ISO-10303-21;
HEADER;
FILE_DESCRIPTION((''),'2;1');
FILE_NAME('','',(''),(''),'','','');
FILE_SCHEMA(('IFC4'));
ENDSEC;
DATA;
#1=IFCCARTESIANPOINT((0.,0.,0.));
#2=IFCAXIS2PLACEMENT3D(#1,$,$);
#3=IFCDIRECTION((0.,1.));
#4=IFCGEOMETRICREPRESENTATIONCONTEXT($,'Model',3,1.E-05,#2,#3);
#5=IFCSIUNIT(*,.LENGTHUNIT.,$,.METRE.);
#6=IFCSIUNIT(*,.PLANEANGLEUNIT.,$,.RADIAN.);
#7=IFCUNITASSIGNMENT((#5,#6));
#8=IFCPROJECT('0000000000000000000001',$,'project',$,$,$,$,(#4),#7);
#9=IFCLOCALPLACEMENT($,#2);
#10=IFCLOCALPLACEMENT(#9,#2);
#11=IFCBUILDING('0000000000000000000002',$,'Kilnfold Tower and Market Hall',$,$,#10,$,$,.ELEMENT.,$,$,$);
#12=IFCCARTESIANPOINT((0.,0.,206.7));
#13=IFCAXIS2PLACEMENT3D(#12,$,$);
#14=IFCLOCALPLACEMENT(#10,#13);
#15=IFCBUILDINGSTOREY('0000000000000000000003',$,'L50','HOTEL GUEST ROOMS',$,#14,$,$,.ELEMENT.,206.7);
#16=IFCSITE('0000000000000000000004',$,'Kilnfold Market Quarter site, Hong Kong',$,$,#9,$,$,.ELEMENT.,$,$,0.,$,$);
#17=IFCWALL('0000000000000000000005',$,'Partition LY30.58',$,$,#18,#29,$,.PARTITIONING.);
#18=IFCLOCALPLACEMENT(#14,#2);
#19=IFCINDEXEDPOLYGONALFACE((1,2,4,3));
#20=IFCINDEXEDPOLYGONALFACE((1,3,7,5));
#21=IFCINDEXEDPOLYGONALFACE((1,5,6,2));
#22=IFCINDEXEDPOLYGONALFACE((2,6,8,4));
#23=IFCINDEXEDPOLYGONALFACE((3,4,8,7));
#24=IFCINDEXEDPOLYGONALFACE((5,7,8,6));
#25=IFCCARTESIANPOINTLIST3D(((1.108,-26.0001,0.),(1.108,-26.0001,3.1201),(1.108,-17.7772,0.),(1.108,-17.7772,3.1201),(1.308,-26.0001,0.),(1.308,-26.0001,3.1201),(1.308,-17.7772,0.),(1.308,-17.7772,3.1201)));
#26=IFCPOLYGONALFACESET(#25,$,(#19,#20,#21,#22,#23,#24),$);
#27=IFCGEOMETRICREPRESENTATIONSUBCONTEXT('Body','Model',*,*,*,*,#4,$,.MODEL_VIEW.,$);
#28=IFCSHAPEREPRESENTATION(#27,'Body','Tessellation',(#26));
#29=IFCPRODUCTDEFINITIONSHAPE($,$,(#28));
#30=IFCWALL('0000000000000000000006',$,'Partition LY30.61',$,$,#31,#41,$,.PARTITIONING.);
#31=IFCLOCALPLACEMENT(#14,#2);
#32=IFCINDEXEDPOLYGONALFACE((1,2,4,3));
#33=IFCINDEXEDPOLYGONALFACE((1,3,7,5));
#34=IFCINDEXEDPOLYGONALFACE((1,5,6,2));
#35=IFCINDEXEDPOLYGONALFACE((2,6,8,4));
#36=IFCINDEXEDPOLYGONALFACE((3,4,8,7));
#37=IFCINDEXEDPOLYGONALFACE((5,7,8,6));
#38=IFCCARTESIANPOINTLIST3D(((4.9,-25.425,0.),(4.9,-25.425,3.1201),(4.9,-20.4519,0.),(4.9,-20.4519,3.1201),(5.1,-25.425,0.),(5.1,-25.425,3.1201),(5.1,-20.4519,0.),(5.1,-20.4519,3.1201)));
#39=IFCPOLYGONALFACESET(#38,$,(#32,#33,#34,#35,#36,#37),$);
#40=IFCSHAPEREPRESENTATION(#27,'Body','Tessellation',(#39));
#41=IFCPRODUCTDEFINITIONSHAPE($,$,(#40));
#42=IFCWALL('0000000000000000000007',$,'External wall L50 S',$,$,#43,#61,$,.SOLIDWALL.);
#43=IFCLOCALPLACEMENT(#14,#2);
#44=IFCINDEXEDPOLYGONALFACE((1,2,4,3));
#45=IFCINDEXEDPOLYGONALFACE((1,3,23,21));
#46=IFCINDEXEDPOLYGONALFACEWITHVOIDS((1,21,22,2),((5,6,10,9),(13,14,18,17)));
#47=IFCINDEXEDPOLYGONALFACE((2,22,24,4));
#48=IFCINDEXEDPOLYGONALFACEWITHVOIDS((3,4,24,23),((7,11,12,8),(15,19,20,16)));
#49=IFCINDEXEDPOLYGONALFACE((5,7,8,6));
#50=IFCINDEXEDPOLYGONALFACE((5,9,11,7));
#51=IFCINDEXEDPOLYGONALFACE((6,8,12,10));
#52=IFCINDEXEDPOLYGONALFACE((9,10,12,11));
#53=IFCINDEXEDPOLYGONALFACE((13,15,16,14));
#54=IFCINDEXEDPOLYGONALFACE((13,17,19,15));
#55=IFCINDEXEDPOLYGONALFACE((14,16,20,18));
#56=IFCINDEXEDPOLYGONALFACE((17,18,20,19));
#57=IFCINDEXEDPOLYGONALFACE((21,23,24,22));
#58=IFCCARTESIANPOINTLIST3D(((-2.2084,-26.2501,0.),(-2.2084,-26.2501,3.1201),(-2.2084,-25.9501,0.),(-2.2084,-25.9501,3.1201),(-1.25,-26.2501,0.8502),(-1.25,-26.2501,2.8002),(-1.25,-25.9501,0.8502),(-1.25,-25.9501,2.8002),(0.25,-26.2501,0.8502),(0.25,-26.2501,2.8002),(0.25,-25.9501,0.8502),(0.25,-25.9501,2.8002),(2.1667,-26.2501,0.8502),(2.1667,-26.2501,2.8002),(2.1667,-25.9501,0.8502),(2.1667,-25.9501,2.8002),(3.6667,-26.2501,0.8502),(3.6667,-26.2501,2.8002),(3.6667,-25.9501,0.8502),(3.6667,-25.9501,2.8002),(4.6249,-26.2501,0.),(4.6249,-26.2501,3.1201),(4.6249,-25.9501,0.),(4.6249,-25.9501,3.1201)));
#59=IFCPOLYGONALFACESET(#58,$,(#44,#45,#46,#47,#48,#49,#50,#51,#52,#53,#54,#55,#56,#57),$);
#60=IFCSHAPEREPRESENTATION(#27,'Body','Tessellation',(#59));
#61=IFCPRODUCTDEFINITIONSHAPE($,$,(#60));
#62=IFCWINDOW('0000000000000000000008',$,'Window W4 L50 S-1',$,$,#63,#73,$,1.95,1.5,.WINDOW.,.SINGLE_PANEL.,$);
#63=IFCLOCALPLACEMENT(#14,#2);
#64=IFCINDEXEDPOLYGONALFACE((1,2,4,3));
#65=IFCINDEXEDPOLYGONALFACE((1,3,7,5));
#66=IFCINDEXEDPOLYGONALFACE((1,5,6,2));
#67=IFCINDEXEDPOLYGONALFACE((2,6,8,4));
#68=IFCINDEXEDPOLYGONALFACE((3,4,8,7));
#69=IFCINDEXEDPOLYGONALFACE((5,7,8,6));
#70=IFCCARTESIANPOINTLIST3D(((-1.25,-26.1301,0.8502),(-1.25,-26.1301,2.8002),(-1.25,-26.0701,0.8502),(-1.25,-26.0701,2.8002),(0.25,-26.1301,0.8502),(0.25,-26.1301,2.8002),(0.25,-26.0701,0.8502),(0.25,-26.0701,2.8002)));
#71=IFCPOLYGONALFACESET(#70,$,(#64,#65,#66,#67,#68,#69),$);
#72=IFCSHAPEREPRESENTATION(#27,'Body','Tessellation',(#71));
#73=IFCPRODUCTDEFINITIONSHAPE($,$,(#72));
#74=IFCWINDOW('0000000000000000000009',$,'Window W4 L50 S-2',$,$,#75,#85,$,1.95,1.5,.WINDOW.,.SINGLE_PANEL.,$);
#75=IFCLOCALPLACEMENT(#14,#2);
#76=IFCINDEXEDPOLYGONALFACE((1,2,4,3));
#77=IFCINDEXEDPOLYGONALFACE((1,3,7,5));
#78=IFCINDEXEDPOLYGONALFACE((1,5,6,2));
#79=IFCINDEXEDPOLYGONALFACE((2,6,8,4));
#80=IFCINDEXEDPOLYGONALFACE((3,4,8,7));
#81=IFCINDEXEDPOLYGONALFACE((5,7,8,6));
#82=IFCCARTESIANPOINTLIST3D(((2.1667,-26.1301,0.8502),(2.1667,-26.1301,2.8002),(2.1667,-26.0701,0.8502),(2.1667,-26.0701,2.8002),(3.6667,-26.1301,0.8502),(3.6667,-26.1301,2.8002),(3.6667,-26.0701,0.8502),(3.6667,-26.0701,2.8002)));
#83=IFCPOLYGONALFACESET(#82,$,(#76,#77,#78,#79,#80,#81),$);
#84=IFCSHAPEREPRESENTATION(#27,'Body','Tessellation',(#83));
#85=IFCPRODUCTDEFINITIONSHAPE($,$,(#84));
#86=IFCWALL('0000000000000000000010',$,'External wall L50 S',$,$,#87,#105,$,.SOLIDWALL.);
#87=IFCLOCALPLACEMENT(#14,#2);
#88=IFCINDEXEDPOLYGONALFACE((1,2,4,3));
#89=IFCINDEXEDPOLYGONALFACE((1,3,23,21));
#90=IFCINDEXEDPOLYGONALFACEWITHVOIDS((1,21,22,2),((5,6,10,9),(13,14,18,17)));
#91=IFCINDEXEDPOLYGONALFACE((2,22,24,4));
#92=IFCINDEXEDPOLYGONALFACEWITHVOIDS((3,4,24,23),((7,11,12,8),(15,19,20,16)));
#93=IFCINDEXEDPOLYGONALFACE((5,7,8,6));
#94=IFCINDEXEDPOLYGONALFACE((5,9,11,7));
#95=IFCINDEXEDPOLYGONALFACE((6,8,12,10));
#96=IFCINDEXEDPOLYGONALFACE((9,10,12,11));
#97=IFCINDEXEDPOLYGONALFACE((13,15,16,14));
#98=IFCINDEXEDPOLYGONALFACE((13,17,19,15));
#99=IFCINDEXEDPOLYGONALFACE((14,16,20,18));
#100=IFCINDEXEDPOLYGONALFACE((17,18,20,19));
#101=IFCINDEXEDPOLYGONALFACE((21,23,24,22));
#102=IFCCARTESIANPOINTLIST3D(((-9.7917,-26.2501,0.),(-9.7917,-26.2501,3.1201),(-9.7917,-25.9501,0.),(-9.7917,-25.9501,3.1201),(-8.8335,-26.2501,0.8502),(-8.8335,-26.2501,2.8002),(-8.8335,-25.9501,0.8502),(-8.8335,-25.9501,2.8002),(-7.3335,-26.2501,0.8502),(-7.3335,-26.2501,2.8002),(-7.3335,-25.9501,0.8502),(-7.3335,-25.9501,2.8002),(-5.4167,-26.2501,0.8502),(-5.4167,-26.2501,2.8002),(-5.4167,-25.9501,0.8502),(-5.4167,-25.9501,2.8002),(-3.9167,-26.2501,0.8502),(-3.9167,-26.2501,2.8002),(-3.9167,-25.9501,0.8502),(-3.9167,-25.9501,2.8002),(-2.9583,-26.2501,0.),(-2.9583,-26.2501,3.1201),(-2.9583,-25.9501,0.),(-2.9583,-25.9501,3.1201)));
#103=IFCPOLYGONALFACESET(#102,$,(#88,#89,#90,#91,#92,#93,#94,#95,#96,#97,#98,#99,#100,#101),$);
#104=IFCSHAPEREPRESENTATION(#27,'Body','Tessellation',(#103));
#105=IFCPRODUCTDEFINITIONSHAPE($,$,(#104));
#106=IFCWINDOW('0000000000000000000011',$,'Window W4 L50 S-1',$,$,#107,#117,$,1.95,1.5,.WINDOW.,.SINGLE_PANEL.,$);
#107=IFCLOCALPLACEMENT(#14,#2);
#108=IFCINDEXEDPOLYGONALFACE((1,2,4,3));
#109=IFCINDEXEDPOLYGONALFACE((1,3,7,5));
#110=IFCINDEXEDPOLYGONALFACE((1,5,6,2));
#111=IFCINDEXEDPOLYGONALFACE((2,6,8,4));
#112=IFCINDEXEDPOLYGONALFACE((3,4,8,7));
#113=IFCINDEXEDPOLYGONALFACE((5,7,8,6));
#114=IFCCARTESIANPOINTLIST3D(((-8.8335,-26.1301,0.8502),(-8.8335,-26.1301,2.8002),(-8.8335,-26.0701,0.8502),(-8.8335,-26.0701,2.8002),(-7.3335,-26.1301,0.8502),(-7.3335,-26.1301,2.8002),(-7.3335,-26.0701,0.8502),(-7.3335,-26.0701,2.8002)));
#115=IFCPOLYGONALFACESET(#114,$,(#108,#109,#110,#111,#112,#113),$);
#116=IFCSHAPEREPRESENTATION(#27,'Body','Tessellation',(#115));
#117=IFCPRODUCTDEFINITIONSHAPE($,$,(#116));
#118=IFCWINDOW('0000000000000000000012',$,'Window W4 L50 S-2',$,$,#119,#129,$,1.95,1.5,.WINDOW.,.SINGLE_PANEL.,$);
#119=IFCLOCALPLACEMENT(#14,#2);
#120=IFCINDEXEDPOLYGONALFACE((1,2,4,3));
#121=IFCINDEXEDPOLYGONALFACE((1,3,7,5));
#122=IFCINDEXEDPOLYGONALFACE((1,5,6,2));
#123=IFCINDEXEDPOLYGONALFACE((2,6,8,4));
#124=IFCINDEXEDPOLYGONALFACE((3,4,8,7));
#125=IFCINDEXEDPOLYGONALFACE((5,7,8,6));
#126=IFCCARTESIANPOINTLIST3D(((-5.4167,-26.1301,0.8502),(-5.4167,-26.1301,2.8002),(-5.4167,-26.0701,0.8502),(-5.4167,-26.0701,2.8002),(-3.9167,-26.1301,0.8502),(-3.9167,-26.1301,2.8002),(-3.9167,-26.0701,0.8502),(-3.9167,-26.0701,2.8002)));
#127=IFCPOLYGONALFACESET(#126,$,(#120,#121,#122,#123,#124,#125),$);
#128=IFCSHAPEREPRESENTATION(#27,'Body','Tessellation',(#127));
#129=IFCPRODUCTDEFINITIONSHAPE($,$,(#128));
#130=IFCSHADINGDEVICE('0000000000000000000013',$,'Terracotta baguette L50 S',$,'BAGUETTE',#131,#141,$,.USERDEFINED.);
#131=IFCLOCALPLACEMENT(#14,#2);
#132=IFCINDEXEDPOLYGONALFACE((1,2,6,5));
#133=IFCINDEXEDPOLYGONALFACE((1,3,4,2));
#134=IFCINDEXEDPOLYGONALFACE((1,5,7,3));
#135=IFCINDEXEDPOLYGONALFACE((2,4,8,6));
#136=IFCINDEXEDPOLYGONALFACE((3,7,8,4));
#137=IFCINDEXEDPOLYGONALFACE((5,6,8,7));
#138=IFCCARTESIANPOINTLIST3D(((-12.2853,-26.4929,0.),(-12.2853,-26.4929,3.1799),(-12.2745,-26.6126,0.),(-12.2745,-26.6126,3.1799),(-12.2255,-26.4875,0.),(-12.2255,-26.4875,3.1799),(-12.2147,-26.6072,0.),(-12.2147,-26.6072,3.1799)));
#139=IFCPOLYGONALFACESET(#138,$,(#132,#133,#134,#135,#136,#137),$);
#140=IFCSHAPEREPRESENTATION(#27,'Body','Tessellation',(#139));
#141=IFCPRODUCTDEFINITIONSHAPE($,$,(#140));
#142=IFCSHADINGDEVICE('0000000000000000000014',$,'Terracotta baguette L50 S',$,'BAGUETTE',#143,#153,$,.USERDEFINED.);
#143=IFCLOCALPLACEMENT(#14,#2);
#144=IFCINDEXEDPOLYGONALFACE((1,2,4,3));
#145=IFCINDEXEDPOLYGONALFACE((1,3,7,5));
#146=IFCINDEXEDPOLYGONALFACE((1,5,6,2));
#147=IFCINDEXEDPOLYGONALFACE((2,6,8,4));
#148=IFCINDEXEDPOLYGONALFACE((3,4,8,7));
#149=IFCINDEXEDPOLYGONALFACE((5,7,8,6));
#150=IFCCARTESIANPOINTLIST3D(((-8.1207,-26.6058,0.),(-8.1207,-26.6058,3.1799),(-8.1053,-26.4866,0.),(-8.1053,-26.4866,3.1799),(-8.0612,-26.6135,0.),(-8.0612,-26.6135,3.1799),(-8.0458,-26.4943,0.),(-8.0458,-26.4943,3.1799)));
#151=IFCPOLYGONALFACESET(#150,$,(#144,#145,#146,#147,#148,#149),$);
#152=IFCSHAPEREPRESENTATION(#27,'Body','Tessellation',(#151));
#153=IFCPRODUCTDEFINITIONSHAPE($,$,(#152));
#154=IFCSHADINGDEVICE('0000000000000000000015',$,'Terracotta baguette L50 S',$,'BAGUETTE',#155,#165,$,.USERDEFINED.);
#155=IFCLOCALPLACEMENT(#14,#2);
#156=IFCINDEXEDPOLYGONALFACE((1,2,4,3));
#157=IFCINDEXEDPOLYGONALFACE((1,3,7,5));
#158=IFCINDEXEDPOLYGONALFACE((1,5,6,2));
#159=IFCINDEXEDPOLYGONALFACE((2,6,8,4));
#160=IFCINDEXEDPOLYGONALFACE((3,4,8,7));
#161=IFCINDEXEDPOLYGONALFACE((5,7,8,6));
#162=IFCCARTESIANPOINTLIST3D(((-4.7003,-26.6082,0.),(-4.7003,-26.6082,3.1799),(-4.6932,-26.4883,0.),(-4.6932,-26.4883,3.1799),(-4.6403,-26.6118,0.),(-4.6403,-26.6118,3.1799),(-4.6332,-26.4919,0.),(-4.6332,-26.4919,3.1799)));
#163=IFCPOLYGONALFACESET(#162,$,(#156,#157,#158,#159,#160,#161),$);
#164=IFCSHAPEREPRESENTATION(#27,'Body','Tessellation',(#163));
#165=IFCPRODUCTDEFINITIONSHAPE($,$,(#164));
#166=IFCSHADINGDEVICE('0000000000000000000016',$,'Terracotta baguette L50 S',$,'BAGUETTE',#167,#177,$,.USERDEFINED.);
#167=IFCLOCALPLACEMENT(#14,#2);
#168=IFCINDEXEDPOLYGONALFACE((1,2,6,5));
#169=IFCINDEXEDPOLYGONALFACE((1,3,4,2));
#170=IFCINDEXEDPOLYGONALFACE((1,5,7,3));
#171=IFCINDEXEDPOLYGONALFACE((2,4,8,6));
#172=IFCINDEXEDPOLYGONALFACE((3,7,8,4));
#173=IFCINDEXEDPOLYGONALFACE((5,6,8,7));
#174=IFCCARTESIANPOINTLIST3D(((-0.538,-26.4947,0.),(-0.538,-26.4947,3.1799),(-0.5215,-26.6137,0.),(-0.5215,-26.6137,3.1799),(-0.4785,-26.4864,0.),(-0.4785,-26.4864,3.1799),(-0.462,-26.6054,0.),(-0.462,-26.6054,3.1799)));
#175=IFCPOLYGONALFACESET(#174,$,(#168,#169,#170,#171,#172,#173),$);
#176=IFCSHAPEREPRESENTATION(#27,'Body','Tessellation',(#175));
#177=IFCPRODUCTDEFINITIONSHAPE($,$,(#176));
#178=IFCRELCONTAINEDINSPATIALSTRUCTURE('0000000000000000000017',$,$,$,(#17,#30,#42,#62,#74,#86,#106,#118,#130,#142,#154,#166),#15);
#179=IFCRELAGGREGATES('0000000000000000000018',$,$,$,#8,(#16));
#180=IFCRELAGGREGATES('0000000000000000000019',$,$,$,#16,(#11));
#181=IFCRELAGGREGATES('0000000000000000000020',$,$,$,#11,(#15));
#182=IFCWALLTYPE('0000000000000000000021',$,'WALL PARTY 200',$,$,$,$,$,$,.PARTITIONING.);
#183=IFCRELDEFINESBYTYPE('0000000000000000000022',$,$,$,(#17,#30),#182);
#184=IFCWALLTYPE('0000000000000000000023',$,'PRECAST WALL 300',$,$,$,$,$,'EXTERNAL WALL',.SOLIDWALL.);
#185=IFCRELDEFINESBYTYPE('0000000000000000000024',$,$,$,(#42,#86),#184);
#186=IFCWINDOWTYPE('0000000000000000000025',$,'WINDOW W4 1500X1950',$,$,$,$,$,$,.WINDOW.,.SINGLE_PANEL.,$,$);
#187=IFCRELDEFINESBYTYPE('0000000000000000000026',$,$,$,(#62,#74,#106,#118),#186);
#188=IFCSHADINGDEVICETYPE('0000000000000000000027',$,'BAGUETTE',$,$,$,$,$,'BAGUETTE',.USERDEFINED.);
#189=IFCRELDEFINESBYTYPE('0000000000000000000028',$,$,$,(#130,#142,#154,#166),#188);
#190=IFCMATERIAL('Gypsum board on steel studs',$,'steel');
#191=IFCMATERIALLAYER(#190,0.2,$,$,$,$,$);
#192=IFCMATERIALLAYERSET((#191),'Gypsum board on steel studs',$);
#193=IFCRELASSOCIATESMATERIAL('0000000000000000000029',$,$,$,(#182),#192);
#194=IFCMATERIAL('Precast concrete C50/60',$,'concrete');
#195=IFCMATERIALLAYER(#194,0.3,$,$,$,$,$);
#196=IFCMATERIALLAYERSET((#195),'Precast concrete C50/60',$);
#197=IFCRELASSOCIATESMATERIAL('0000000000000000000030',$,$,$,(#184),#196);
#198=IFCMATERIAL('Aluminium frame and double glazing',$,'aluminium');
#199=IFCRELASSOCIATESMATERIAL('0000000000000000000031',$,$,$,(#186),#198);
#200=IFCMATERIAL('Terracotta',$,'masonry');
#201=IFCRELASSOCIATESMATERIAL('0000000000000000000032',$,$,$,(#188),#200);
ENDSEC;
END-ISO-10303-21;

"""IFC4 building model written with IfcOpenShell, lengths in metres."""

from ifc_helpers import new_model, si_unit, direction, frame, frame_2d, origin, origin_2d, place, context, subcontext, project, spatial, rectangle, extrude, source, transform, mapped, material, layer, layer_set, material_profile, profile_set, type_object, element, fill, save


model = new_model("IFC4")

# Units and contexts
model_context = context("Model", 3, precision=1e-05, world=origin(), true_north=direction((0.0, 1.0)))
body_context = subcontext(model_context, "Body", "Model", "MODEL_VIEW")
ifc_project = project(units=[si_unit("LENGTHUNIT", "METRE"), si_unit("PLANEANGLEUNIT", "RADIAN")], contexts=[model_context])

# Site, building, storey
site_placement = place(None, origin())
site = spatial("IfcSite", under=ifc_project, at=site_placement, Name="Kilnfold Market Quarter site, Hong Kong", CompositionType="ELEMENT", RefElevation=0.0)
building_placement = place(site_placement, origin())
building = spatial("IfcBuilding", under=site, at=building_placement, Name="Kilnfold Tower and Market Hall", CompositionType="ELEMENT")
storey_placement = place(building_placement, frame((0.0, 0.0, 206.7)))
storey = spatial("IfcBuildingStorey", under=building, at=storey_placement, Name="L50", Description="HOTEL GUEST ROOMS", CompositionType="ELEMENT", Elevation=206.7)

# Walls
ifc_material_1 = material(Name="Gypsum board on steel studs", Category="steel")
ifc_layer_1 = layer(ifc_material_1, 0.2)
ifc_layer_set_1 = layer_set([ifc_layer_1], Name="Gypsum board on steel studs")
wall_type_1 = type_object("IfcWallType", Name="WALL PARTY 200", PredefinedType="PARTITIONING", material=ifc_layer_set_1)
wall_1_placement = place(storey_placement, frame((1.208, -26.0, 0.0), z_axis=(0.0, 0.0, 1.0), x_axis=(0.0, 1.0, 0.0)))
element("IfcWall", 1, at=wall_1_placement, inside=storey, type_object=wall_type_1, Name="Partition LY30.58", PredefinedType="PARTITIONING", context=body_context, shape_type="SweptSolid", body=[
    extrude(rectangle(XDim=8.2229, YDim=0.2, at=frame_2d((4.1113, 0.0))), origin(), (0.0, 0.0, 1.0), 3.1201),
])
wall_2_placement = place(storey_placement, frame((5.0, -25.425, 0.0), z_axis=(0.0, 0.0, 1.0), x_axis=(0.0, 1.0, 0.0)))
element("IfcWall", 2, at=wall_2_placement, inside=storey, type_object=wall_type_1, Name="Partition LY30.61", PredefinedType="PARTITIONING", context=body_context, shape_type="SweptSolid", body=[
    extrude(rectangle(XDim=4.9731, YDim=0.2, at=frame_2d((2.4866, 0.0))), origin(), (0.0, 0.0, 1.0), 3.1201),
])

# Walls, openings, windows
ifc_material_2 = material(Name="Precast concrete C50/60", Category="concrete")
ifc_layer_2 = layer(ifc_material_2, 0.3)
ifc_layer_set_2 = layer_set([ifc_layer_2], Name="Precast concrete C50/60")
wall_type_2 = type_object("IfcWallType", Name="PRECAST WALL 300", ElementType="EXTERNAL WALL", PredefinedType="SOLIDWALL", material=ifc_layer_set_2)
shared_shape_1 = source(origin(), body_context, "Body", "SweptSolid", [
    extrude(rectangle(XDim=6.8333, YDim=0.3, at=frame_2d((3.4165, 0.0))), origin(), (0.0, 0.0, 1.0), 3.1201),
])
wall_3_placement = place(storey_placement, frame((-2.2083, -26.1001, 0.0), z_axis=(0.0, 0.0, 1.0), x_axis=(1.0, 0.0, 0.0)))
wall_3 = element("IfcWall", 3, at=wall_3_placement, inside=storey, type_object=wall_type_2, Name="External wall L50 S", PredefinedType="SOLIDWALL", context=body_context, shape_type="MappedRepresentation", body=[
    mapped(shared_shape_1, transform((0.0, 0.0, 0.0))),
])
opening_1_placement = place(wall_3_placement, frame((0.9583, 0.0, 0.8501)))
opening_1 = element("IfcOpeningElement", 4, at=opening_1_placement, cuts=wall_3, PredefinedType="OPENING", context=body_context, shape_type="SweptSolid", body=[
    extrude(rectangle(XDim=1.5, YDim=1.95, at=frame_2d((0.75, 0.9751))), frame((0.0, 0.1602, 0.0), z_axis=(0.0, -1.0, 0.0), x_axis=(1.0, 0.0, 0.0)), (0.0, 0.0, 1.0), 0.3201),
])
opening_2_placement = place(wall_3_placement, frame((4.375, 0.0, 0.8501)))
opening_2 = element("IfcOpeningElement", 5, at=opening_2_placement, cuts=wall_3, PredefinedType="OPENING", context=body_context, shape_type="SweptSolid", body=[
    extrude(rectangle(XDim=1.5, YDim=1.95, at=frame_2d((0.75, 0.9751))), frame((0.0, 0.1602, 0.0), z_axis=(0.0, -1.0, 0.0), x_axis=(1.0, 0.0, 0.0)), (0.0, 0.0, 1.0), 0.3201),
])
ifc_material_3 = material(Name="Aluminium frame and double glazing", Category="aluminium")
window_type = type_object("IfcWindowType", Name="WINDOW W4 1500X1950", PartitioningType="SINGLE_PANEL", PredefinedType="WINDOW", material=ifc_material_3)
window_1_placement = place(opening_1_placement, origin())
window_1 = element("IfcWindow", 6, at=window_1_placement, inside=storey, type_object=window_type, Name="Window W4 L50 S-1", OverallHeight=1.95, OverallWidth=1.5, PartitioningType="SINGLE_PANEL", PredefinedType="WINDOW", context=body_context, shape_type="SweptSolid", body=[
    extrude(rectangle(XDim=1.5, YDim=1.95, at=frame_2d((0.75, 0.9751))), frame((0.0, 0.03, 0.0), z_axis=(0.0, -1.0, 0.0), x_axis=(1.0, 0.0, 0.0)), (0.0, 0.0, 1.0), 0.0601),
])
fill(opening_1, window_1)
window_2_placement = place(opening_2_placement, origin())
window_2 = element("IfcWindow", 7, at=window_2_placement, inside=storey, type_object=window_type, Name="Window W4 L50 S-2", OverallHeight=1.95, OverallWidth=1.5, PartitioningType="SINGLE_PANEL", PredefinedType="WINDOW", context=body_context, shape_type="SweptSolid", body=[
    extrude(rectangle(XDim=1.5, YDim=1.95, at=frame_2d((0.75, 0.9751))), frame((0.0, 0.03, 0.0), z_axis=(0.0, -1.0, 0.0), x_axis=(1.0, 0.0, 0.0)), (0.0, 0.0, 1.0), 0.0601),
])
fill(opening_2, window_2)
shared_shape_2 = source(origin(), body_context, "Body", "SweptSolid", [
    extrude(rectangle(XDim=6.8335, YDim=0.3, at=frame_2d((3.4167, 0.0))), origin(), (0.0, 0.0, 1.0), 3.1201),
])
wall_4_placement = place(storey_placement, frame((-9.7917, -26.1001, 0.0), z_axis=(0.0, 0.0, 1.0), x_axis=(1.0, 0.0, 0.0)))
wall_4 = element("IfcWall", 8, at=wall_4_placement, inside=storey, type_object=wall_type_2, Name="External wall L50 S", PredefinedType="SOLIDWALL", context=body_context, shape_type="MappedRepresentation", body=[
    mapped(shared_shape_2, transform((0.0, 0.0, 0.0))),
])
opening_3_placement = place(wall_4_placement, frame((0.9583, 0.0, 0.8501)))
opening_3 = element("IfcOpeningElement", 9, at=opening_3_placement, cuts=wall_4, PredefinedType="OPENING", context=body_context, shape_type="SweptSolid", body=[
    extrude(rectangle(XDim=1.5, YDim=1.95, at=frame_2d((0.75, 0.9751))), frame((0.0, 0.1602, 0.0), z_axis=(0.0, -1.0, 0.0), x_axis=(1.0, 0.0, 0.0)), (0.0, 0.0, 1.0), 0.3201),
])
opening_4_placement = place(wall_4_placement, frame((4.375, 0.0, 0.8501)))
opening_4 = element("IfcOpeningElement", 10, at=opening_4_placement, cuts=wall_4, PredefinedType="OPENING", context=body_context, shape_type="SweptSolid", body=[
    extrude(rectangle(XDim=1.5, YDim=1.95, at=frame_2d((0.75, 0.9751))), frame((0.0, 0.1602, 0.0), z_axis=(0.0, -1.0, 0.0), x_axis=(1.0, 0.0, 0.0)), (0.0, 0.0, 1.0), 0.3201),
])
window_3_placement = place(opening_3_placement, origin())
window_3 = element("IfcWindow", 11, at=window_3_placement, inside=storey, type_object=window_type, Name="Window W4 L50 S-1", OverallHeight=1.95, OverallWidth=1.5, PartitioningType="SINGLE_PANEL", PredefinedType="WINDOW", context=body_context, shape_type="SweptSolid", body=[
    extrude(rectangle(XDim=1.5, YDim=1.95, at=frame_2d((0.75, 0.9751))), frame((0.0, 0.03, 0.0), z_axis=(0.0, -1.0, 0.0), x_axis=(1.0, 0.0, 0.0)), (0.0, 0.0, 1.0), 0.0601),
])
fill(opening_3, window_3)
window_4_placement = place(opening_4_placement, origin())
window_4 = element("IfcWindow", 12, at=window_4_placement, inside=storey, type_object=window_type, Name="Window W4 L50 S-2", OverallHeight=1.95, OverallWidth=1.5, PartitioningType="SINGLE_PANEL", PredefinedType="WINDOW", context=body_context, shape_type="SweptSolid", body=[
    extrude(rectangle(XDim=1.5, YDim=1.95, at=frame_2d((0.75, 0.9751))), frame((0.0, 0.03, 0.0), z_axis=(0.0, -1.0, 0.0), x_axis=(1.0, 0.0, 0.0)), (0.0, 0.0, 1.0), 0.0601),
])
fill(opening_4, window_4)

# Shading devices
ifc_material_4 = material(Name="Terracotta", Category="masonry")
ifc_material_profile_1 = material_profile(ifc_material_4, rectangle(XDim=0.0601, YDim=0.1201, at=origin_2d()), Name="BAG 60x120")
ifc_profile_set_1 = profile_set([ifc_material_profile_1], Name="Terracotta")
shading_device_type = type_object("IfcShadingDeviceType", Name="BAGUETTE", ElementType="BAGUETTE", PredefinedType="USERDEFINED", material=ifc_profile_set_1)
shared_shape_3 = source(origin(), body_context, "Body", "SweptSolid", [
    extrude(rectangle(XDim=0.0601, YDim=0.1201, at=origin_2d()), origin(), (0.0, 0.0, 1.0), 3.1799),
])
for number, where, z_axis, x_axis, name in (
    (13, (-12.25, -26.55, 0.0), (0.0, 0.0, 1.0), (0.995973, 0.08965, 0.0), "Terracotta baguette L50 S"),
    (14, (-8.0833, -26.55, 0.0), (0.0, 0.0, 1.0), (0.991736, -0.128297, 0.0), "Terracotta baguette L50 S"),
    (15, (-4.6667, -26.55, 0.0), (0.0, 0.0, 1.0), (0.998258, -0.058998, 0.0), "Terracotta baguette L50 S"),
    (16, (-0.5, -26.55, 0.0), (0.0, 0.0, 1.0), (0.99045, 0.137872, 0.0), "Terracotta baguette L50 S"),
):
    element("IfcShadingDevice", number, at=place(storey_placement, frame(where, z_axis=z_axis, x_axis=x_axis)), inside=storey, type_object=shading_device_type, Name=name, ObjectType="BAGUETTE", PredefinedType="USERDEFINED", context=body_context, shape_type="MappedRepresentation", body=[
        mapped(shared_shape_3, transform((0.0, 0.0, 0.0))),
    ])

save(model, "model.ifc")
